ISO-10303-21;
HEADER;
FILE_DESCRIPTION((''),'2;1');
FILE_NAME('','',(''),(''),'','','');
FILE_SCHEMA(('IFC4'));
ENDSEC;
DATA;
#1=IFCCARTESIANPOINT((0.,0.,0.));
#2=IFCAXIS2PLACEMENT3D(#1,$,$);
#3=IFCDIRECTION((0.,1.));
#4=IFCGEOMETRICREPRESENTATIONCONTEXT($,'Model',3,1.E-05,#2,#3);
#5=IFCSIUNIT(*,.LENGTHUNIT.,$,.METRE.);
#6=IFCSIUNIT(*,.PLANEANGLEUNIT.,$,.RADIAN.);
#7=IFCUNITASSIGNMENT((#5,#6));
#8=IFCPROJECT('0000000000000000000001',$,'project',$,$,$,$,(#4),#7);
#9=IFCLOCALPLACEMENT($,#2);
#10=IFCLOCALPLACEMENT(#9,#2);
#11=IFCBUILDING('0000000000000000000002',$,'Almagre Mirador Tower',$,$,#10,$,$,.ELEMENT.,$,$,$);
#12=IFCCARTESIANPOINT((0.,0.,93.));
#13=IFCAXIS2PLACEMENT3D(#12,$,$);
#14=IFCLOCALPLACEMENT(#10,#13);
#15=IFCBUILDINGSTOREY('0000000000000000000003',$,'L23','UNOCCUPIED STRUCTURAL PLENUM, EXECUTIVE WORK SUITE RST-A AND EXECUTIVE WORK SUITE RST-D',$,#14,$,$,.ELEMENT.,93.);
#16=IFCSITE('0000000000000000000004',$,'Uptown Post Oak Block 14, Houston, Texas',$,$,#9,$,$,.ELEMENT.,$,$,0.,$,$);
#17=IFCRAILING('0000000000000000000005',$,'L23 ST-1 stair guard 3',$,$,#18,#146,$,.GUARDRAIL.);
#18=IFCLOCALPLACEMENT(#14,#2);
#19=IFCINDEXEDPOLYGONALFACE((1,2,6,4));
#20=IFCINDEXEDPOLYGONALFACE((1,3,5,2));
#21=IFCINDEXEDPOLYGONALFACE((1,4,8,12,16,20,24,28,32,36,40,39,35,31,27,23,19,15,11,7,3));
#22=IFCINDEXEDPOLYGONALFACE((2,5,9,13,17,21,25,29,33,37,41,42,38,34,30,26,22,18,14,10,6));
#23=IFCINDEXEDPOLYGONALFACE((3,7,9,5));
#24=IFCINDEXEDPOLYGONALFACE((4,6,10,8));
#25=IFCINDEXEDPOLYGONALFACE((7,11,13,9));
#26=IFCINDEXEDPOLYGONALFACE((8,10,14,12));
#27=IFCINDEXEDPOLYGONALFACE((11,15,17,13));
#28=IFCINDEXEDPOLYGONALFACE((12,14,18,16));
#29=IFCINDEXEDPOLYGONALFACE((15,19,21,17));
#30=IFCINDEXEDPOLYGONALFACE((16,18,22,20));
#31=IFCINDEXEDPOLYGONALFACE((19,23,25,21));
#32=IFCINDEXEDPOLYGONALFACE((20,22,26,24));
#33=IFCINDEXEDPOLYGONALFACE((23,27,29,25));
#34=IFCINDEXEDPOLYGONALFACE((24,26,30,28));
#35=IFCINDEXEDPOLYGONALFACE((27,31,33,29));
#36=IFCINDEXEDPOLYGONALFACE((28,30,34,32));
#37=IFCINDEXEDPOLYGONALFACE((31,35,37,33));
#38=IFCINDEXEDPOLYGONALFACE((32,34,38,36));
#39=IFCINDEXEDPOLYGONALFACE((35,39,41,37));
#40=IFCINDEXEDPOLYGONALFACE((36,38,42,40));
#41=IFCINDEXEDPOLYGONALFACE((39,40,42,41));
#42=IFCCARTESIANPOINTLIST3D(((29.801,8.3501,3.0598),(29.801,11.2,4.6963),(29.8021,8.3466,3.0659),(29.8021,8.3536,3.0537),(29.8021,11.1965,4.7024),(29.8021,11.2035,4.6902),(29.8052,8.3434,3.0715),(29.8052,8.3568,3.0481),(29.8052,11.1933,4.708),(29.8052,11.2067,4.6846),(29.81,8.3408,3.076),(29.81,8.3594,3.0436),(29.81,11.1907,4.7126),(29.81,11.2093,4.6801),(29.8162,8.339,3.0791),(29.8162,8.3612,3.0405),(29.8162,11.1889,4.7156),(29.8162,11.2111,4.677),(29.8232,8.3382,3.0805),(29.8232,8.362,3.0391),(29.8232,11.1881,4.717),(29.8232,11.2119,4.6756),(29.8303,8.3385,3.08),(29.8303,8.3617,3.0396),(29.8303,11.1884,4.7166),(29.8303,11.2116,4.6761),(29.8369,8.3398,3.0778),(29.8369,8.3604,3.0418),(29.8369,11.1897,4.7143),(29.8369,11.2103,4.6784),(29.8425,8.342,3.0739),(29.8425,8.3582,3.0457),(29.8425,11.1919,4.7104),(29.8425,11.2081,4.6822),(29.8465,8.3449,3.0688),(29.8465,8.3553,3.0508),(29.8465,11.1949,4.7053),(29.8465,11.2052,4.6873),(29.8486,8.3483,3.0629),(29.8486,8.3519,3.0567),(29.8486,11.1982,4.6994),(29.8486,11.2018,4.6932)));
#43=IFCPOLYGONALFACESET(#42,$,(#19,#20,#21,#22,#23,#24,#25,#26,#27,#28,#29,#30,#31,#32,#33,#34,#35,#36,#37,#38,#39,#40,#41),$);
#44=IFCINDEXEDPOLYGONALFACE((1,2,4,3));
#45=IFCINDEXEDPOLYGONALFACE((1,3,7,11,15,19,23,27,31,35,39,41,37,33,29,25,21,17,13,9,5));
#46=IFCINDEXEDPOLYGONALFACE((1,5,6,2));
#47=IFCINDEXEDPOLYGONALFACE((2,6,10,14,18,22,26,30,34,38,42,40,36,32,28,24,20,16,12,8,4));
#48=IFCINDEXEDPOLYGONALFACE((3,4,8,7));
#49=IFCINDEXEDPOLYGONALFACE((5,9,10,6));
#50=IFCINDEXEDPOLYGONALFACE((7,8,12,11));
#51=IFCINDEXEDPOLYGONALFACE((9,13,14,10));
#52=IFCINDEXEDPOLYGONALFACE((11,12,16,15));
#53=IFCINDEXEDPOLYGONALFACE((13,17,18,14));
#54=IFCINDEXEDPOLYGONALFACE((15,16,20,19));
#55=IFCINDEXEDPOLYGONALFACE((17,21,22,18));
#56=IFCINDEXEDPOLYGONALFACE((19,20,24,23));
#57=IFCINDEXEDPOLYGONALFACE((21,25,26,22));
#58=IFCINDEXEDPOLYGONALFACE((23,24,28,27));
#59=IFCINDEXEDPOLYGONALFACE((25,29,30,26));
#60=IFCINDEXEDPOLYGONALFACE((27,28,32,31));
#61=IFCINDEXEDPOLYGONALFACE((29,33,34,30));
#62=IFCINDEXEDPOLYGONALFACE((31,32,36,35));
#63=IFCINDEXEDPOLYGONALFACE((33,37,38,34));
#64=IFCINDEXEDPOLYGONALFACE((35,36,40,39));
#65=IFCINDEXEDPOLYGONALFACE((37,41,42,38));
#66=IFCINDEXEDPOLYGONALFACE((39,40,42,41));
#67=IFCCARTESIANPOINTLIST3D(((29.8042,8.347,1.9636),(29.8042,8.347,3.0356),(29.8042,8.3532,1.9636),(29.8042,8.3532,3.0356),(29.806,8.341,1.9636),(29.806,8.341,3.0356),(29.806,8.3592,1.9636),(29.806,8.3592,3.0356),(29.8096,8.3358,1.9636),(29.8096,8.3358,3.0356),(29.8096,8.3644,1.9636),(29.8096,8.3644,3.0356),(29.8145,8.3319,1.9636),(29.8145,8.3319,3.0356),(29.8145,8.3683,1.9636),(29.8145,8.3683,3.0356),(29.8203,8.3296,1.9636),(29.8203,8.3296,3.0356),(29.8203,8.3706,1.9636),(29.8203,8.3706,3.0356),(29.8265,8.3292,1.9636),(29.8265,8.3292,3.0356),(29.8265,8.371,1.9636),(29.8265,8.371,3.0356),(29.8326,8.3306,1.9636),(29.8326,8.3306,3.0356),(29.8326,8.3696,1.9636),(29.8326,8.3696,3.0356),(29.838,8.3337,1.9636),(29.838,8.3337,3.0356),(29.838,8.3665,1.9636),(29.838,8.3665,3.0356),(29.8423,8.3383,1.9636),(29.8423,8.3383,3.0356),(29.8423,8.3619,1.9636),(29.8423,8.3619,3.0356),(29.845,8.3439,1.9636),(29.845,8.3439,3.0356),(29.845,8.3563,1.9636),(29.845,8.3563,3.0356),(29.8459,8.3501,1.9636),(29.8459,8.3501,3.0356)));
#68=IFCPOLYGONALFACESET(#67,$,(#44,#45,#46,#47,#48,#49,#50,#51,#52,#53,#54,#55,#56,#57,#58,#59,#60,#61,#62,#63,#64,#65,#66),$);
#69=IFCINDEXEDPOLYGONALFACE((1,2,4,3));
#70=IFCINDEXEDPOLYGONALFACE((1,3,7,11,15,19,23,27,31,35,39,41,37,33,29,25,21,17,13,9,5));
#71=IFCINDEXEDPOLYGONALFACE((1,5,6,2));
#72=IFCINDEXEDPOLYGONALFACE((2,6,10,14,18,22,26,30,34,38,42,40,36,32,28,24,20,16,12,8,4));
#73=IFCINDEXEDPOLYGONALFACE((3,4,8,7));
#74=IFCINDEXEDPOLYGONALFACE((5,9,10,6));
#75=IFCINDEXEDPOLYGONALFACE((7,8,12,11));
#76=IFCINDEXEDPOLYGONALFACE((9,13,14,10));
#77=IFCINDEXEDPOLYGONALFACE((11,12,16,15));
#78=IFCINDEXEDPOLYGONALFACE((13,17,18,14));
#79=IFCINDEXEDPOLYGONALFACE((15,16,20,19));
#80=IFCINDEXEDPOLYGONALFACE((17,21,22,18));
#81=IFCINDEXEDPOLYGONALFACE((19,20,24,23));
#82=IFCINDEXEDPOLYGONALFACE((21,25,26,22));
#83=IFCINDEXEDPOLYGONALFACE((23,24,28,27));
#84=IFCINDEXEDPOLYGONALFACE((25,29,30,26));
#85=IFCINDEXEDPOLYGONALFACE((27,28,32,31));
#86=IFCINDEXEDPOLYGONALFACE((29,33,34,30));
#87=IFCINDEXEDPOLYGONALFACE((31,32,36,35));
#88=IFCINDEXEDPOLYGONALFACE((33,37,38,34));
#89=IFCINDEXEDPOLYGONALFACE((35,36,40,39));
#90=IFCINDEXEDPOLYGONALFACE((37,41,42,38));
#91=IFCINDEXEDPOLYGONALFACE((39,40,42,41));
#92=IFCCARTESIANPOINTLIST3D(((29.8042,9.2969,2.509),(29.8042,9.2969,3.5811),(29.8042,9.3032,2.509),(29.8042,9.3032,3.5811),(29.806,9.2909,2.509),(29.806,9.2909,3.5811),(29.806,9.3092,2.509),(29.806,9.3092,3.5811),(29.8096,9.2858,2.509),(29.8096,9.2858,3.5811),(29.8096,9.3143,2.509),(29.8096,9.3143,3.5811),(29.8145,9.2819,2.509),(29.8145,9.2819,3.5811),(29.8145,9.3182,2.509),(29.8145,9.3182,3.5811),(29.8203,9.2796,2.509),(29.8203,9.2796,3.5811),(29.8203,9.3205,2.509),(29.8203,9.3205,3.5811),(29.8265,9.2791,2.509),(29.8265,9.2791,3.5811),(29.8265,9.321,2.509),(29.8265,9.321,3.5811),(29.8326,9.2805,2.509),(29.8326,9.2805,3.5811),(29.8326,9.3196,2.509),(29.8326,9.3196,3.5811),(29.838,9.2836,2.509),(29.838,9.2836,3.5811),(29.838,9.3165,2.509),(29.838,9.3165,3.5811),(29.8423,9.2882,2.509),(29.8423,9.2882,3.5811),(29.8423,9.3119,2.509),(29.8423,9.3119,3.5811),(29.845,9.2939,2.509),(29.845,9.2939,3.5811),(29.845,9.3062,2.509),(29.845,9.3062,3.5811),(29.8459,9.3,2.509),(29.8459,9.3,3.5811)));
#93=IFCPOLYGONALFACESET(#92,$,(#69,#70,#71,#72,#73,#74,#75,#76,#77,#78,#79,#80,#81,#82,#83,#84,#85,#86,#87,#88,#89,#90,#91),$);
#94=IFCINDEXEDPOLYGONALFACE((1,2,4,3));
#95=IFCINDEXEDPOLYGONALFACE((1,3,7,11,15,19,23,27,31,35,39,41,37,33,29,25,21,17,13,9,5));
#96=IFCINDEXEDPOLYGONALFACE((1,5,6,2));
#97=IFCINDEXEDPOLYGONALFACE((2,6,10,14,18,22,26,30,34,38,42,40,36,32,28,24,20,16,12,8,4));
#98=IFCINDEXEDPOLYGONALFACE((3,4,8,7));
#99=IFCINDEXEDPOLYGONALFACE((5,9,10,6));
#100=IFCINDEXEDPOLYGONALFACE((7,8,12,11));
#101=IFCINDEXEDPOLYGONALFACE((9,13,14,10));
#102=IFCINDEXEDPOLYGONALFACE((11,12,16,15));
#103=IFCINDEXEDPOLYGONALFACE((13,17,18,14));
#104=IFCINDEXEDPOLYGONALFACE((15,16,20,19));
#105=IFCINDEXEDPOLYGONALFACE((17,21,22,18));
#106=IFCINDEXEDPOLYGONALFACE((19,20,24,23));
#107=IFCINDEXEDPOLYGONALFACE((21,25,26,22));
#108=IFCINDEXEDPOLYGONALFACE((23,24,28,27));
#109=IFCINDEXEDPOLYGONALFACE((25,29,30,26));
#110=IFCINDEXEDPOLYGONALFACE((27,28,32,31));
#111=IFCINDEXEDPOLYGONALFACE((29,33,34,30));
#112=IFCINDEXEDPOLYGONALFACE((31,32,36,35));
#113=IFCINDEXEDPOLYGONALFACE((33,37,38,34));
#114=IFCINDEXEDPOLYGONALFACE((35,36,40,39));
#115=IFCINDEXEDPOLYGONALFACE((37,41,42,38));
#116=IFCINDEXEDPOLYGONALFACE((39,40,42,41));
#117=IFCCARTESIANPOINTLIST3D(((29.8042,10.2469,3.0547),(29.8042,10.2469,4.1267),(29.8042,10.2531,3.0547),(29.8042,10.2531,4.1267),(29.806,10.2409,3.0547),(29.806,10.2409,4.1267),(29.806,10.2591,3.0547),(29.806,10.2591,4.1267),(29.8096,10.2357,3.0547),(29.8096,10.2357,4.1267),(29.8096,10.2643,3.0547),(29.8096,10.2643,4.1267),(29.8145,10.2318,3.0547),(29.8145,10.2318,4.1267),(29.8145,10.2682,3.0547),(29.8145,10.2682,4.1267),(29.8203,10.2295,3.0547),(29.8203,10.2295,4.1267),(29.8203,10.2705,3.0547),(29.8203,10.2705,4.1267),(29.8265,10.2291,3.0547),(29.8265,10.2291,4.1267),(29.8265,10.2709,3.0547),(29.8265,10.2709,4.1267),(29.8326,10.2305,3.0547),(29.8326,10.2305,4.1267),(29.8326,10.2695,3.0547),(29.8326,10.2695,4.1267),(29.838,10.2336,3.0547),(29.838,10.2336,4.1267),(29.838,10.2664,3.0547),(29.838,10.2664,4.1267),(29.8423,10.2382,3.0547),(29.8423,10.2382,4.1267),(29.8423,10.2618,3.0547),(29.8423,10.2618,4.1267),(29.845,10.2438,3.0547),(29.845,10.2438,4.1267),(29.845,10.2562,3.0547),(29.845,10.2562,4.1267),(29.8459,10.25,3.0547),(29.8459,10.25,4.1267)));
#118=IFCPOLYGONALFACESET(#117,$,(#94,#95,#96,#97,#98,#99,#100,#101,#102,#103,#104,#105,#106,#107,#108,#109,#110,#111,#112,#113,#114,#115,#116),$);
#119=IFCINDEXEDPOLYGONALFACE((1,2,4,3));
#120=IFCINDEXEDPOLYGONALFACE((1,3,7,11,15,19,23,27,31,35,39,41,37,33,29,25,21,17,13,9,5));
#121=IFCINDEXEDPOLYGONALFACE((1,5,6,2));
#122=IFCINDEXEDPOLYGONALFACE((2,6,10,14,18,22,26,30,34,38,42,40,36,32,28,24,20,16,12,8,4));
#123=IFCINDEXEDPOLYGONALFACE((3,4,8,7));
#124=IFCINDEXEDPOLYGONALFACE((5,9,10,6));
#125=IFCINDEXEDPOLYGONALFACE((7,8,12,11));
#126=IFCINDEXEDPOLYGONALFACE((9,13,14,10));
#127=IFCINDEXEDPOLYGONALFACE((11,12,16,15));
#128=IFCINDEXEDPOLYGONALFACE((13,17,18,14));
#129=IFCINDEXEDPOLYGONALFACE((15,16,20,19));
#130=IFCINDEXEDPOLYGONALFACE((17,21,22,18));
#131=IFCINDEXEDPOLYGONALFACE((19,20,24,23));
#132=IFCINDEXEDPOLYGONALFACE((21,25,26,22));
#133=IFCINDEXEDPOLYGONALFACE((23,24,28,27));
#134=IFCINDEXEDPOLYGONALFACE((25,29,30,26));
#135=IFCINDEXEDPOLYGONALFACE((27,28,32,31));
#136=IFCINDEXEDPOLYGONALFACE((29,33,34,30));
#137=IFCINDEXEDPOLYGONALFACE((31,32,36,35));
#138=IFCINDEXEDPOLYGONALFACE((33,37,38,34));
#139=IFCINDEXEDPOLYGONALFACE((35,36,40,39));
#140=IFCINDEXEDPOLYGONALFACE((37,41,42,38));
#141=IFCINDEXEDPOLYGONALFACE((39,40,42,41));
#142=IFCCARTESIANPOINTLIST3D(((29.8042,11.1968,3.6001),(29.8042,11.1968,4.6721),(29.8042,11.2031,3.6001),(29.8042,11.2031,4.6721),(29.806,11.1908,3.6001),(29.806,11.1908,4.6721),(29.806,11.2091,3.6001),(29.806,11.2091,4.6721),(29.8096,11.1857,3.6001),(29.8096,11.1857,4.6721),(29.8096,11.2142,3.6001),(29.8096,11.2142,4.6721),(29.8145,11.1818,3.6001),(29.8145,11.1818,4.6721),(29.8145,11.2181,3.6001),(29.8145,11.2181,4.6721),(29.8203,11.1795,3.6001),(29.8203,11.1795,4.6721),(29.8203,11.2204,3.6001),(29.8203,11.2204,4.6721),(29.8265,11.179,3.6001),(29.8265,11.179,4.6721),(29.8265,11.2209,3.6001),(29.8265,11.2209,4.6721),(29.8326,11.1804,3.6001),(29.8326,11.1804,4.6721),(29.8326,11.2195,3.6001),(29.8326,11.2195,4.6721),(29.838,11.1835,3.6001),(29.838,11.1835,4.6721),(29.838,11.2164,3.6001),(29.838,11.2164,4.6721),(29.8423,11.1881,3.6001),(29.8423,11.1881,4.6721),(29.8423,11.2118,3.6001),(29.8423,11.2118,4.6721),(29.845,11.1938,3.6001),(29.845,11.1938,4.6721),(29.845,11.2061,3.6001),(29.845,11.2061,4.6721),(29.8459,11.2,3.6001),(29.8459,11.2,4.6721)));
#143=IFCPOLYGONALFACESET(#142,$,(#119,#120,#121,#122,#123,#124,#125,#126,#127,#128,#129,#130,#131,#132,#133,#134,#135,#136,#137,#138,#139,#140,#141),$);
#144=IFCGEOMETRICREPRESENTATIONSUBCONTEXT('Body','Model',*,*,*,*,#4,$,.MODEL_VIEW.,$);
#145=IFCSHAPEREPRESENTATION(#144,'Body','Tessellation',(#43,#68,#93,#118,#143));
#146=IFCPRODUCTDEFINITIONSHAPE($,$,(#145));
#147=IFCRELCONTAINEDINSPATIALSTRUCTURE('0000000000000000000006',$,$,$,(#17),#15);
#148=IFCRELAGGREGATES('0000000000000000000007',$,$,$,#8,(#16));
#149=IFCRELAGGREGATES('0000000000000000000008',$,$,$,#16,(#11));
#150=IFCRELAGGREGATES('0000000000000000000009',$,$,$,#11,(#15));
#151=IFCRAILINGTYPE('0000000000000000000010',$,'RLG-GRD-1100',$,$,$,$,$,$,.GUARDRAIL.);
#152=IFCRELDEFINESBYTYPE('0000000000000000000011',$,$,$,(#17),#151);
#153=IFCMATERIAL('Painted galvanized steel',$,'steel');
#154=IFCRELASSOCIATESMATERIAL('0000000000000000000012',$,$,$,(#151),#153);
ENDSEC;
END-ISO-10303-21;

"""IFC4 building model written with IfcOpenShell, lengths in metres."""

from ifc_helpers import new_model, si_unit, direction, frame, origin, origin_2d, place, context, subcontext, project, spatial, circle, extrude, material, type_object, element, save


model = new_model("IFC4")

# Units and contexts
model_context = context("Model", 3, precision=1e-05, world=origin(), true_north=direction((0.0, 1.0)))
body_context = subcontext(model_context, "Body", "Model", "MODEL_VIEW")
ifc_project = project(units=[si_unit("LENGTHUNIT", "METRE"), si_unit("PLANEANGLEUNIT", "RADIAN")], contexts=[model_context])

# Site, building, storey
site_placement = place(None, origin())
site = spatial("IfcSite", under=ifc_project, at=site_placement, Name="Uptown Post Oak Block 14, Houston, Texas", CompositionType="ELEMENT", RefElevation=0.0)
building_placement = place(site_placement, origin())
building = spatial("IfcBuilding", under=site, at=building_placement, Name="Almagre Mirador Tower", CompositionType="ELEMENT")
storey_placement = place(building_placement, frame((0.0, 0.0, 93.0)))
storey = spatial("IfcBuildingStorey", under=building, at=storey_placement, Name="L23", Description="UNOCCUPIED STRUCTURAL PLENUM, EXECUTIVE WORK SUITE RST-A AND EXECUTIVE WORK SUITE RST-D", CompositionType="ELEMENT", Elevation=93.0)

# Railing
ifc_material_1 = material(Name="Painted galvanized steel", Category="steel")
railing_type_1 = type_object("IfcRailingType", Name="RLG-GRD-1100", PredefinedType="GUARDRAIL", material=ifc_material_1)
railing_1_placement = place(storey_placement, frame((29.825, 8.3501, 1.9636)))
element("IfcRailing", 1, at=railing_1_placement, inside=storey, type_object=railing_type_1, Name="L23 ST-1 stair guard 3", PredefinedType="GUARDRAIL", context=body_context, shape_type="SweptSolid", body=[
    extrude(circle(Radius=0.0239, at=origin_2d()), frame((0.0, 0.0, 1.0962), z_axis=(0.0, 0.867194, 0.49797), x_axis=(-1.0, 0.0, 0.0)), (0.0, 0.0, 1.0), 3.2864),
    extrude(circle(Radius=0.021, at=origin_2d()), origin(), (0.0, 0.0, 1.0), 1.072),
    extrude(circle(Radius=0.021, at=origin_2d()), frame((0.0, 0.95, 0.5454)), (0.0, 0.0, 1.0), 1.072),
    extrude(circle(Radius=0.021, at=origin_2d()), frame((0.0, 1.8999, 1.0911)), (0.0, 0.0, 1.0), 1.072),
    extrude(circle(Radius=0.021, at=origin_2d()), frame((0.0, 2.8499, 1.6365)), (0.0, 0.0, 1.0), 1.072),
])

save(model, "model.ifc")
